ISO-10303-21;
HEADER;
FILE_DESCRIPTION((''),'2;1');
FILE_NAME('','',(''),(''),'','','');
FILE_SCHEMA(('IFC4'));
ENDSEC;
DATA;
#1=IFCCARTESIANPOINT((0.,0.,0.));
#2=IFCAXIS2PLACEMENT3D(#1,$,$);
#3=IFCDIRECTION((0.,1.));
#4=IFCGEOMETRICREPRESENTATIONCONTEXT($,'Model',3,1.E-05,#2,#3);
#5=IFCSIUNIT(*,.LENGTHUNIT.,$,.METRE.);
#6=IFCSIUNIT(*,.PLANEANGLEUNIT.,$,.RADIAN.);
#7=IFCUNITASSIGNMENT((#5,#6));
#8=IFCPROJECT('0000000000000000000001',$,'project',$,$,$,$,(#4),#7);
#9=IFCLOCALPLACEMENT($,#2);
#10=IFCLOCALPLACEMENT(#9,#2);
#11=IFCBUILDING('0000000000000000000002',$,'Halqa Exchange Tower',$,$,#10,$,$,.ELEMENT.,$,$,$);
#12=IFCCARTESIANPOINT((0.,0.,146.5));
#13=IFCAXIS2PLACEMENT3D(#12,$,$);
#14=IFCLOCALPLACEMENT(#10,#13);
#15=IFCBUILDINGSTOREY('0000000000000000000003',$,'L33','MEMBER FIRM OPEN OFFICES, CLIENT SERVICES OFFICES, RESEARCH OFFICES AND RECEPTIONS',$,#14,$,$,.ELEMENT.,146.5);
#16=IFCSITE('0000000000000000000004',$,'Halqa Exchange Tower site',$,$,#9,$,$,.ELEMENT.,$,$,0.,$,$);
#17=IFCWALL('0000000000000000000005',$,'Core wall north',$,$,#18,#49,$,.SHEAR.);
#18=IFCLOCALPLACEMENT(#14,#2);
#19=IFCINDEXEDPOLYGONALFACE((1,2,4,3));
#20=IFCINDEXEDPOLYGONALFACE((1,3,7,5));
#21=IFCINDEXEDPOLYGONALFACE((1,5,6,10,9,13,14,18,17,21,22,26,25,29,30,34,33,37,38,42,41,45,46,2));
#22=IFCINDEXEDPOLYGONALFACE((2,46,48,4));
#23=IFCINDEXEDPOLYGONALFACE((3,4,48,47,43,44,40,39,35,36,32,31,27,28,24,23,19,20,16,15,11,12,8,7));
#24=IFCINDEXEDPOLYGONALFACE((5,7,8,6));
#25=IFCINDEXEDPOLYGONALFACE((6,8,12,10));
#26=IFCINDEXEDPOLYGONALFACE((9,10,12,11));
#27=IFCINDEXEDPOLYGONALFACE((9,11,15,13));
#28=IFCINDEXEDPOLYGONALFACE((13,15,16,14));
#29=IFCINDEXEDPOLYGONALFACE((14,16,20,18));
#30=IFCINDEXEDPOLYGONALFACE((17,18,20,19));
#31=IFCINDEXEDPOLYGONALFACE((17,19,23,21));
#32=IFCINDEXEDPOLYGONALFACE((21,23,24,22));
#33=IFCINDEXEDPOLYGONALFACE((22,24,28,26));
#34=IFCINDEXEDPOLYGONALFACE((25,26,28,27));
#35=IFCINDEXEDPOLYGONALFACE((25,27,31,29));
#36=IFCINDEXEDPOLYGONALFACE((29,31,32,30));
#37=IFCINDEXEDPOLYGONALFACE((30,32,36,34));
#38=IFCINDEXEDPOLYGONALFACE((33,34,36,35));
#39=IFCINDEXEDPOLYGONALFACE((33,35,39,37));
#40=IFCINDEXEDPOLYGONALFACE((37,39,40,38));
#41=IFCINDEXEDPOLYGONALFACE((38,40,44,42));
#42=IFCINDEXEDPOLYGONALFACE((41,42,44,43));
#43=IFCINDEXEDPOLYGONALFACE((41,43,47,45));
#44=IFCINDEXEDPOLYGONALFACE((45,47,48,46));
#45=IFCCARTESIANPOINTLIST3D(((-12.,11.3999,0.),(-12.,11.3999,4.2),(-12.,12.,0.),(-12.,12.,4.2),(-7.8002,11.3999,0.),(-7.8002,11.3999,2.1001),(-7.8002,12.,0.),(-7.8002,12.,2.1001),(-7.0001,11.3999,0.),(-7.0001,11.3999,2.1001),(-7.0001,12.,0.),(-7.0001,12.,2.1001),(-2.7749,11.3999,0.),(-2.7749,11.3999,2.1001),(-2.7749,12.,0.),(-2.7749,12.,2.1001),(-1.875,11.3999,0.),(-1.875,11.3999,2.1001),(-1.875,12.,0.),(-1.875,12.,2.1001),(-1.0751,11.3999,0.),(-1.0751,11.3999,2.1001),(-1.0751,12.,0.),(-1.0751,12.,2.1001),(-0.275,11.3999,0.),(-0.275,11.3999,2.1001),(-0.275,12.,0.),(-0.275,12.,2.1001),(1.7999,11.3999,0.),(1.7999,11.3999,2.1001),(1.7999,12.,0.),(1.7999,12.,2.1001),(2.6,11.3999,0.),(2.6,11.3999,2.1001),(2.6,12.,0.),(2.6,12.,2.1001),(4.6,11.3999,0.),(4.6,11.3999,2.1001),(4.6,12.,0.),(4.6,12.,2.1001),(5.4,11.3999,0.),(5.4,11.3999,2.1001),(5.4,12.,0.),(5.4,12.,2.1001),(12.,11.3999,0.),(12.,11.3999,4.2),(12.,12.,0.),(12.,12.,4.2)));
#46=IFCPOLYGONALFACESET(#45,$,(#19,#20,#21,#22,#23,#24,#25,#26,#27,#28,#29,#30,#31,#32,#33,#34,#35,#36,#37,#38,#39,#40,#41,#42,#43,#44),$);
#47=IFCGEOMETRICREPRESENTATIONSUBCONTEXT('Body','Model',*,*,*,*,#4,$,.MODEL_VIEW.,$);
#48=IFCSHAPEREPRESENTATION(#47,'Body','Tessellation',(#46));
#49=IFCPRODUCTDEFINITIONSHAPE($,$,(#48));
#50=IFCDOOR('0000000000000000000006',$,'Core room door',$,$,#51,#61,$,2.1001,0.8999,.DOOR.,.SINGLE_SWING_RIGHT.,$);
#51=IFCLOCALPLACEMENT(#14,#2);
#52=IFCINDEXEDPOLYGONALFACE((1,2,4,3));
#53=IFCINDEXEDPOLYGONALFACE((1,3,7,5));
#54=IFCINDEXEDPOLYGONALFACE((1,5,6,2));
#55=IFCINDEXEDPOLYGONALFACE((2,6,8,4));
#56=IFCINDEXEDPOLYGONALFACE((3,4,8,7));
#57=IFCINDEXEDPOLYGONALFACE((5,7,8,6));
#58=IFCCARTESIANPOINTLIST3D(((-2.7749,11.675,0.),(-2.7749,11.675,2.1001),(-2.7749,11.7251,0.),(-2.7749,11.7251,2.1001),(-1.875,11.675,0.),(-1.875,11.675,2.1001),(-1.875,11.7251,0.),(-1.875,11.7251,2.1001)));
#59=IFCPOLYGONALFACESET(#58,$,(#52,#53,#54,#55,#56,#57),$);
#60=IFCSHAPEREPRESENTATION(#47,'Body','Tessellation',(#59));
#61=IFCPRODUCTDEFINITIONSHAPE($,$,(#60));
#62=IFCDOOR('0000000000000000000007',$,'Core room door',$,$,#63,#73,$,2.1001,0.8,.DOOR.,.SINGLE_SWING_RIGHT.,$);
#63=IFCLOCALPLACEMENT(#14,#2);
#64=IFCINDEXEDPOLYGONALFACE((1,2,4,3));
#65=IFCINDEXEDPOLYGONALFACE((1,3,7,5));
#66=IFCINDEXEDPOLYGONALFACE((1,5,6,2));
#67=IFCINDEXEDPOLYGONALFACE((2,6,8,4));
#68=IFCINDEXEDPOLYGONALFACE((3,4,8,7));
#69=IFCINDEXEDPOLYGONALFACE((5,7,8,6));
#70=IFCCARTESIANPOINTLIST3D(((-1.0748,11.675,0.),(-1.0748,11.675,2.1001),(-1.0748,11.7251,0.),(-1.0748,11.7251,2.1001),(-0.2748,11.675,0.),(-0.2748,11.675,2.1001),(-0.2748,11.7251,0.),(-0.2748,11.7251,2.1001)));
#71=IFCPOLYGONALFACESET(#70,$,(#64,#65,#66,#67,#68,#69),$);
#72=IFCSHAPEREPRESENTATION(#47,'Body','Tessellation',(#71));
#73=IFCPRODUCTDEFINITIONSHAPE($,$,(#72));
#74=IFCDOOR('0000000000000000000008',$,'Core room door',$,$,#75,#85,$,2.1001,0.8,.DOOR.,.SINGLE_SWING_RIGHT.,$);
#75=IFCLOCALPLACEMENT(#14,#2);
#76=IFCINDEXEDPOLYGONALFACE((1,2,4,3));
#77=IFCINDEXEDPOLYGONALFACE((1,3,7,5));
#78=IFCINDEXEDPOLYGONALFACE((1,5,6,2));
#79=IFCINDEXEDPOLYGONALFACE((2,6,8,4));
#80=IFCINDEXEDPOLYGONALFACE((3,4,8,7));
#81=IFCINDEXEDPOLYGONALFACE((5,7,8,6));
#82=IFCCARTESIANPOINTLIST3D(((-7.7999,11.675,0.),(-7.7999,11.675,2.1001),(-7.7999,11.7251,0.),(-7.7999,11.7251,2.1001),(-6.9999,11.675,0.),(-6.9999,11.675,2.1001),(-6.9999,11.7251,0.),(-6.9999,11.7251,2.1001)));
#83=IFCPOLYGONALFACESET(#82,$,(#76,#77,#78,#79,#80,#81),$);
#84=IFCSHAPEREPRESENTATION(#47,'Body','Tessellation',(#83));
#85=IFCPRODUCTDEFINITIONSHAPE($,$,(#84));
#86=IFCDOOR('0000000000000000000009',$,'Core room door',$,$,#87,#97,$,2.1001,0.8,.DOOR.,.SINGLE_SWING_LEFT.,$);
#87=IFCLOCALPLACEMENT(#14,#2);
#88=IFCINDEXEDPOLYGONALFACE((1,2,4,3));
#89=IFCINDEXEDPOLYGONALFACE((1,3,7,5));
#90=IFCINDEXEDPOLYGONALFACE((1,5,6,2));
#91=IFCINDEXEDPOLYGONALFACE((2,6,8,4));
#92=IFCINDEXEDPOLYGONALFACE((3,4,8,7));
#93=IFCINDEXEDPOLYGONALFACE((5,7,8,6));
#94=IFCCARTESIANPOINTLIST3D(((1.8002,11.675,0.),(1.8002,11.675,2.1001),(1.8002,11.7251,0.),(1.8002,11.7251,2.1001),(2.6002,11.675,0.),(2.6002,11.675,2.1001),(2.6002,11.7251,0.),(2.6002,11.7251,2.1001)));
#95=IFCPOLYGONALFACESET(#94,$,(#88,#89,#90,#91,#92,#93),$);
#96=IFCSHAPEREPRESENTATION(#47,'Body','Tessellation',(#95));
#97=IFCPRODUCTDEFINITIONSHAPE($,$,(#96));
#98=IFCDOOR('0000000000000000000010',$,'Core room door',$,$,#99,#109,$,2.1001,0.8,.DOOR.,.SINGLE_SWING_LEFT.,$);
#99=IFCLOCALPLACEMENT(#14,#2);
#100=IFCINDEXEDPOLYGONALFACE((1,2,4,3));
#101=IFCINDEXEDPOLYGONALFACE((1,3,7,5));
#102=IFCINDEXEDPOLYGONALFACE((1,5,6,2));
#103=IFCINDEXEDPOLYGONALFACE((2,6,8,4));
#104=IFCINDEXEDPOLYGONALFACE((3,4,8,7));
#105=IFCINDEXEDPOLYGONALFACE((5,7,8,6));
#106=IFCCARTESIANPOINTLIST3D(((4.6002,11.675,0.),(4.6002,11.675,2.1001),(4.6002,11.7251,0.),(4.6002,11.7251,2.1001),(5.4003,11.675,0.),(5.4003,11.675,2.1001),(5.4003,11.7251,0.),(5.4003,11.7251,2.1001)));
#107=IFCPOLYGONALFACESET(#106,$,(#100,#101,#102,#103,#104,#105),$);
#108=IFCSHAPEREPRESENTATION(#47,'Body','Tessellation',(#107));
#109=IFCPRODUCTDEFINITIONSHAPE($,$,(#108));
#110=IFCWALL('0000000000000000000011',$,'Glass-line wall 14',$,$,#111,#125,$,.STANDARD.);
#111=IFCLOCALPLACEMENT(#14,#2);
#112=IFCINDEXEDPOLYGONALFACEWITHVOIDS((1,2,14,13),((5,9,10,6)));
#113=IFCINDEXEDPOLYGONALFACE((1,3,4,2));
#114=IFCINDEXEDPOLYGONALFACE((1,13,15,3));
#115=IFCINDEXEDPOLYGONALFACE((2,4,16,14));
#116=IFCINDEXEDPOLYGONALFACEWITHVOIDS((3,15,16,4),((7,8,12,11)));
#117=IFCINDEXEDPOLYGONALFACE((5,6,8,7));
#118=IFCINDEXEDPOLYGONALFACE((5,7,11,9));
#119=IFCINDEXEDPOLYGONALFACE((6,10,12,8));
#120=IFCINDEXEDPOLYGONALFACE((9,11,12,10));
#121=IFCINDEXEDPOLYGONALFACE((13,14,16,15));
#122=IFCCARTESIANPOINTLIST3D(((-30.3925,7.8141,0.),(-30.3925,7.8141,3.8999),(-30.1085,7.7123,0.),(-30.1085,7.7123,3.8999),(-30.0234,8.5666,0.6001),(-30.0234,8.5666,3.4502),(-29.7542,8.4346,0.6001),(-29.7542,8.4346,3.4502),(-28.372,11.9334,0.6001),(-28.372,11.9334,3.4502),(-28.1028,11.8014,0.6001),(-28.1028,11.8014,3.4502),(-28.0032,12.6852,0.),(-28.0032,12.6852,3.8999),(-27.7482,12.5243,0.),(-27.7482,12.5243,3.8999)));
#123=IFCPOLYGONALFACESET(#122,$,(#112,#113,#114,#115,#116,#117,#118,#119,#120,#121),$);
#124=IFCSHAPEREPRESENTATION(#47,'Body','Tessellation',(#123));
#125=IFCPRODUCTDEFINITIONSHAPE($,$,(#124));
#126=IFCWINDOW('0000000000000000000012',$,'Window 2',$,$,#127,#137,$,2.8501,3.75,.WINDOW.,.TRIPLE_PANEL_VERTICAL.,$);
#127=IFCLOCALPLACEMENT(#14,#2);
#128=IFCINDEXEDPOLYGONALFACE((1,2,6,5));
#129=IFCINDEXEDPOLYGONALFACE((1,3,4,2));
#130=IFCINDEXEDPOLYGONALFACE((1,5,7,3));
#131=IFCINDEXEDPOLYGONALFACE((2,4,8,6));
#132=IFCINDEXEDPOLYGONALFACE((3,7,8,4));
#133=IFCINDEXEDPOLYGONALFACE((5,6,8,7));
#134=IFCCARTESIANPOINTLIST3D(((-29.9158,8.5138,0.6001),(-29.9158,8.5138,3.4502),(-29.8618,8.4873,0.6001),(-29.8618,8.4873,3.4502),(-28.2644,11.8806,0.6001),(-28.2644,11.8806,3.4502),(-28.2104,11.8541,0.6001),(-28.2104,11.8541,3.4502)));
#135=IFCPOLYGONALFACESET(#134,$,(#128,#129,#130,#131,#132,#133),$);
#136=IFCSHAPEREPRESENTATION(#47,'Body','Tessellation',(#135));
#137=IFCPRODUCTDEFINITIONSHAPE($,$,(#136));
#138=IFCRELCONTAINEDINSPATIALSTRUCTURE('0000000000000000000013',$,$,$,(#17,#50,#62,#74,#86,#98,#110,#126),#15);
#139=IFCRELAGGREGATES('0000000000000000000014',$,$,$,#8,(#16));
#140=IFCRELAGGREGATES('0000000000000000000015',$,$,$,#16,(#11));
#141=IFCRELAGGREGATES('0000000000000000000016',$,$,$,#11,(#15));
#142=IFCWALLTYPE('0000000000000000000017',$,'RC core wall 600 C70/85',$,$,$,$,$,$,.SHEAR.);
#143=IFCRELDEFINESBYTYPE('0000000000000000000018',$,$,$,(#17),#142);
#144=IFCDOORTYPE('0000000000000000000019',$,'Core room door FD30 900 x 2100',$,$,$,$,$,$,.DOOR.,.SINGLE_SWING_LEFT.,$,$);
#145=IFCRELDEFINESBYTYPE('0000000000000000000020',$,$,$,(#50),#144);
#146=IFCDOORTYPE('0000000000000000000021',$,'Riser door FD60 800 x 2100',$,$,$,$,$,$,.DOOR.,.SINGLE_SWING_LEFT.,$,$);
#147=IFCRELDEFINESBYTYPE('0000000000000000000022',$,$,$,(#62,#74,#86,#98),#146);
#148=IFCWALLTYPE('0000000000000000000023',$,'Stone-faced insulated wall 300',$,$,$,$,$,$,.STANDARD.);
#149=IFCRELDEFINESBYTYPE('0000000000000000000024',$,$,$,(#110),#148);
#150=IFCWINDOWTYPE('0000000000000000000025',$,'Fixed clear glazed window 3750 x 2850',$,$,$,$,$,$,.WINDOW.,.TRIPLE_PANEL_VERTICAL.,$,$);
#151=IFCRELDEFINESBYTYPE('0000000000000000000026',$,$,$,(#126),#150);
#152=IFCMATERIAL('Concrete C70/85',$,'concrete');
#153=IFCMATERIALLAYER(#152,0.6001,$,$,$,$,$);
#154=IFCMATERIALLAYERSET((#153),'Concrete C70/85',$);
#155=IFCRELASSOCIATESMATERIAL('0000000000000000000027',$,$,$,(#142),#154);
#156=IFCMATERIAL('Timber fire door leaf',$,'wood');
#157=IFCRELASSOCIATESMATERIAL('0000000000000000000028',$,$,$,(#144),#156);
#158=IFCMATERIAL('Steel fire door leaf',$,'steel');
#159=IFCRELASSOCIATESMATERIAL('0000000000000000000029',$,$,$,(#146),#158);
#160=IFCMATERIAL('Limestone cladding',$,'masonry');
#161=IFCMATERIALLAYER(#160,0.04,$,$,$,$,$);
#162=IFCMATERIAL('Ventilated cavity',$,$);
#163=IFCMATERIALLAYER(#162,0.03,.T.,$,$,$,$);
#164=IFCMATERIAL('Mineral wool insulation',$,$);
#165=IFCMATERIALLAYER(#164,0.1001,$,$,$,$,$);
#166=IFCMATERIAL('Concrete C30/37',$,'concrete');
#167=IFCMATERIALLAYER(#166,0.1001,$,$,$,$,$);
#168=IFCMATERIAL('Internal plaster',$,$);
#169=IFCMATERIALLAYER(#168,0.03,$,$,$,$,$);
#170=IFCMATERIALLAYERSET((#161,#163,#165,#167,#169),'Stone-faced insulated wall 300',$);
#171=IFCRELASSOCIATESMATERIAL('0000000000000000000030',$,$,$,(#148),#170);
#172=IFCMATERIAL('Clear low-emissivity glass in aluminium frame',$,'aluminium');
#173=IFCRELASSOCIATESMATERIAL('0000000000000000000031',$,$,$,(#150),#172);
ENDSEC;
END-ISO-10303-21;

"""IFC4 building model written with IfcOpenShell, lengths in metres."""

from ifc_helpers import new_model, si_unit, direction, frame, frame_2d, origin, place, context, subcontext, project, spatial, polyline, rectangle, outline, extrude, material, layer, layer_set, type_object, element, fill, save


model = new_model("IFC4")

# Units and contexts
model_context = context("Model", 3, precision=1e-05, world=origin(), true_north=direction((0.0, 1.0)))
body_context = subcontext(model_context, "Body", "Model", "MODEL_VIEW")
ifc_project = project(units=[si_unit("LENGTHUNIT", "METRE"), si_unit("PLANEANGLEUNIT", "RADIAN")], contexts=[model_context])

# Site, building, storey
site_placement = place(None, origin())
site = spatial("IfcSite", under=ifc_project, at=site_placement, Name="Halqa Exchange Tower site", CompositionType="ELEMENT", RefElevation=0.0)
building_placement = place(site_placement, origin())
building = spatial("IfcBuilding", under=site, at=building_placement, Name="Halqa Exchange Tower", CompositionType="ELEMENT")
storey_placement = place(building_placement, frame((0.0, 0.0, 146.5)))
storey = spatial("IfcBuildingStorey", under=building, at=storey_placement, Name="L33", Description="MEMBER FIRM OPEN OFFICES, CLIENT SERVICES OFFICES, RESEARCH OFFICES AND RECEPTIONS", CompositionType="ELEMENT", Elevation=146.5)

# Shared definitions
ifc_material_1 = material(Name="Concrete C70/85", Category="concrete")

# Wall, openings, doors
ifc_layer_1 = layer(ifc_material_1, 0.6001)
ifc_layer_set_1 = layer_set([ifc_layer_1], Name="Concrete C70/85")
wall_type_1 = type_object("IfcWallType", Name="RC core wall 600 C70/85", PredefinedType="SHEAR", material=ifc_layer_set_1)
wall_1_placement = place(storey_placement, frame((-12.0, 11.7, 0.0), z_axis=(0.0, 0.0, 1.0), x_axis=(1.0, 0.0, 0.0)))
wall_1 = element("IfcWall", 1, at=wall_1_placement, inside=storey, type_object=wall_type_1, Name="Core wall north", PredefinedType="SHEAR", context=body_context, shape_type="SweptSolid", body=[
    extrude(rectangle(XDim=24.0, YDim=0.6001, at=frame_2d((12.0, 0.0))), origin(), (0.0, 0.0, 1.0), 4.2),
])
opening_1_placement = place(wall_1_placement, frame((9.2251, 0.0, 0.0)))
opening_1 = element("IfcOpeningElement", 2, at=opening_1_placement, cuts=wall_1, PredefinedType="OPENING", context=body_context, shape_type="SweptSolid", body=[
    extrude(rectangle(XDim=0.8999, YDim=2.1001, at=frame_2d((0.45, 1.05))), frame((0.0, 0.312, 0.0), z_axis=(0.0, -1.0, 0.0), x_axis=(1.0, 0.0, 0.0)), (0.0, 0.0, 1.0), 0.624),
])
opening_2_placement = place(wall_1_placement, frame((10.925, 0.0, 0.0)))
opening_2 = element("IfcOpeningElement", 3, at=opening_2_placement, cuts=wall_1, PredefinedType="OPENING", context=body_context, shape_type="SweptSolid", body=[
    extrude(rectangle(XDim=0.8, YDim=2.1001, at=frame_2d((0.3999, 1.05))), frame((0.0, 0.312, 0.0), z_axis=(0.0, -1.0, 0.0), x_axis=(1.0, 0.0, 0.0)), (0.0, 0.0, 1.0), 0.624),
])
opening_3_placement = place(wall_1_placement, frame((4.2, 0.0, 0.0)))
opening_3 = element("IfcOpeningElement", 4, at=opening_3_placement, cuts=wall_1, PredefinedType="OPENING", context=body_context, shape_type="SweptSolid", body=[
    extrude(rectangle(XDim=0.8, YDim=2.1001, at=frame_2d((0.3999, 1.05))), frame((0.0, 0.312, 0.0), z_axis=(0.0, -1.0, 0.0), x_axis=(1.0, 0.0, 0.0)), (0.0, 0.0, 1.0), 0.624),
])
opening_4_placement = place(wall_1_placement, frame((13.8, 0.0, 0.0)))
opening_4 = element("IfcOpeningElement", 5, at=opening_4_placement, cuts=wall_1, PredefinedType="OPENING", context=body_context, shape_type="SweptSolid", body=[
    extrude(rectangle(XDim=0.8, YDim=2.1001, at=frame_2d((0.3999, 1.05))), frame((0.0, 0.312, 0.0), z_axis=(0.0, -1.0, 0.0), x_axis=(1.0, 0.0, 0.0)), (0.0, 0.0, 1.0), 0.624),
])
opening_5_placement = place(wall_1_placement, frame((16.6001, 0.0, 0.0)))
opening_5 = element("IfcOpeningElement", 6, at=opening_5_placement, cuts=wall_1, PredefinedType="OPENING", context=body_context, shape_type="SweptSolid", body=[
    extrude(rectangle(XDim=0.8, YDim=2.1001, at=frame_2d((0.3999, 1.05))), frame((0.0, 0.312, 0.0), z_axis=(0.0, -1.0, 0.0), x_axis=(1.0, 0.0, 0.0)), (0.0, 0.0, 1.0), 0.624),
])
ifc_material_2 = material(Name="Timber fire door leaf", Category="wood")
door_type_1 = type_object("IfcDoorType", Name="Core room door FD30 900 x 2100", OperationType="SINGLE_SWING_LEFT", PredefinedType="DOOR", material=ifc_material_2)
door_1_placement = place(opening_1_placement, frame((0.8999, 0.0, 0.0), z_axis=(0.0, 0.0, 1.0), x_axis=(-1.0, 0.0, 0.0)))
door_1 = element("IfcDoor", 7, at=door_1_placement, inside=storey, type_object=door_type_1, Name="Core room door", OperationType="SINGLE_SWING_RIGHT", OverallHeight=2.1001, OverallWidth=0.8999, PredefinedType="DOOR", context=body_context, shape_type="SweptSolid", body=[
    extrude(rectangle(XDim=0.8999, YDim=2.1001, at=frame_2d((0.45, 1.05))), frame((0.0, 0.0249, 0.0), z_axis=(0.0, -1.0, 0.0), x_axis=(1.0, 0.0, 0.0)), (0.0, 0.0, 1.0), 0.05),
])
fill(opening_1, door_1)
ifc_material_3 = material(Name="Steel fire door leaf", Category="steel")
door_type_2 = type_object("IfcDoorType", Name="Riser door FD60 800 x 2100", OperationType="SINGLE_SWING_LEFT", PredefinedType="DOOR", material=ifc_material_3)
door_2_placement = place(opening_2_placement, frame((0.8, 0.0, 0.0), z_axis=(0.0, 0.0, 1.0), x_axis=(-1.0, 0.0, 0.0)))
door_2 = element("IfcDoor", 8, at=door_2_placement, inside=storey, type_object=door_type_2, Name="Core room door", OperationType="SINGLE_SWING_RIGHT", OverallHeight=2.1001, OverallWidth=0.8, PredefinedType="DOOR", context=body_context, shape_type="SweptSolid", body=[
    extrude(rectangle(XDim=0.8, YDim=2.1001, at=frame_2d((0.3999, 1.05))), frame((0.0, 0.0249, 0.0), z_axis=(0.0, -1.0, 0.0), x_axis=(1.0, 0.0, 0.0)), (0.0, 0.0, 1.0), 0.05),
])
fill(opening_2, door_2)
door_3_placement = place(opening_3_placement, frame((0.8, 0.0, 0.0), z_axis=(0.0, 0.0, 1.0), x_axis=(-1.0, 0.0, 0.0)))
door_3 = element("IfcDoor", 9, at=door_3_placement, inside=storey, type_object=door_type_2, Name="Core room door", OperationType="SINGLE_SWING_RIGHT", OverallHeight=2.1001, OverallWidth=0.8, PredefinedType="DOOR", context=body_context, shape_type="SweptSolid", body=[
    extrude(rectangle(XDim=0.8, YDim=2.1001, at=frame_2d((0.3999, 1.05))), frame((0.0, 0.0249, 0.0), z_axis=(0.0, -1.0, 0.0), x_axis=(1.0, 0.0, 0.0)), (0.0, 0.0, 1.0), 0.05),
])
fill(opening_3, door_3)
door_4_placement = place(opening_4_placement, frame((0.8, 0.0, 0.0), z_axis=(0.0, 0.0, 1.0), x_axis=(-1.0, 0.0, 0.0)))
door_4 = element("IfcDoor", 10, at=door_4_placement, inside=storey, type_object=door_type_2, Name="Core room door", OperationType="SINGLE_SWING_LEFT", OverallHeight=2.1001, OverallWidth=0.8, PredefinedType="DOOR", context=body_context, shape_type="SweptSolid", body=[
    extrude(rectangle(XDim=0.8, YDim=2.1001, at=frame_2d((0.3999, 1.05))), frame((0.0, 0.0249, 0.0), z_axis=(0.0, -1.0, 0.0), x_axis=(1.0, 0.0, 0.0)), (0.0, 0.0, 1.0), 0.05),
])
fill(opening_4, door_4)
door_5_placement = place(opening_5_placement, frame((0.8, 0.0, 0.0), z_axis=(0.0, 0.0, 1.0), x_axis=(-1.0, 0.0, 0.0)))
door_5 = element("IfcDoor", 11, at=door_5_placement, inside=storey, type_object=door_type_2, Name="Core room door", OperationType="SINGLE_SWING_LEFT", OverallHeight=2.1001, OverallWidth=0.8, PredefinedType="DOOR", context=body_context, shape_type="SweptSolid", body=[
    extrude(rectangle(XDim=0.8, YDim=2.1001, at=frame_2d((0.3999, 1.05))), frame((0.0, 0.0249, 0.0), z_axis=(0.0, -1.0, 0.0), x_axis=(1.0, 0.0, 0.0)), (0.0, 0.0, 1.0), 0.05),
])
fill(opening_5, door_5)

# Wall, opening, window
ifc_material_4 = material(Name="Limestone cladding", Category="masonry")
ifc_layer_2 = layer(ifc_material_4, 0.04)
ifc_material_5 = material(Name="Ventilated cavity")
ifc_layer_3 = layer(ifc_material_5, 0.03, ventilated=True)
ifc_material_6 = material(Name="Mineral wool insulation")
ifc_layer_4 = layer(ifc_material_6, 0.1001)
ifc_material_7 = material(Name="Concrete C30/37", Category="concrete")
ifc_layer_5 = layer(ifc_material_7, 0.1001)
ifc_material_8 = material(Name="Internal plaster")
ifc_layer_6 = layer(ifc_material_8, 0.03)
ifc_layer_set_2 = layer_set([ifc_layer_2, ifc_layer_3, ifc_layer_4, ifc_layer_5, ifc_layer_6], Name="Stone-faced insulated wall 300")
wall_type_2 = type_object("IfcWallType", Name="Stone-faced insulated wall 300", PredefinedType="STANDARD", material=ifc_layer_set_2)
wall_2_placement = place(storey_placement, frame((-27.8757, 12.6047, 0.0), z_axis=(0.0, 0.0, 1.0), x_axis=(-0.440373, -0.897815, 0.0)))
wall_2 = element("IfcWall", 12, at=wall_2_placement, inside=storey, type_object=wall_type_2, Name="Glass-line wall 14", PredefinedType="STANDARD", context=body_context, shape_type="SweptSolid", body=[
    extrude(outline(polyline([(-0.0161, -0.1499), (5.4094, -0.1499), (5.3757, 0.1499), (0.0161, 0.1499), (-0.0161, -0.1499)])), origin(), (0.0, 0.0, 1.0), 3.8999),
])
opening_6_placement = place(wall_2_placement, frame((0.8213, 0.0, 0.6001)))
opening_6 = element("IfcOpeningElement", 13, at=opening_6_placement, cuts=wall_2, PredefinedType="OPENING", context=body_context, shape_type="SweptSolid", body=[
    extrude(rectangle(XDim=3.75, YDim=2.8501, at=frame_2d((1.875, 1.425))), frame((0.0, 0.1621, 0.0), z_axis=(0.0, -1.0, 0.0), x_axis=(1.0, 0.0, 0.0)), (0.0, 0.0, 1.0), 0.324),
])
ifc_material_9 = material(Name="Clear low-emissivity glass in aluminium frame", Category="aluminium")
window_type = type_object("IfcWindowType", Name="Fixed clear glazed window 3750 x 2850", PartitioningType="TRIPLE_PANEL_VERTICAL", PredefinedType="WINDOW", material=ifc_material_9)
window_1_placement = place(opening_6_placement, origin())
window_1 = element("IfcWindow", 14, at=window_1_placement, inside=storey, type_object=window_type, Name="Window 2", OverallHeight=2.8501, OverallWidth=3.75, PartitioningType="TRIPLE_PANEL_VERTICAL", PredefinedType="WINDOW", context=body_context, shape_type="SweptSolid", body=[
    extrude(rectangle(XDim=3.75, YDim=2.8501, at=frame_2d((1.875, 1.425))), frame((0.0, 0.03, 0.0), z_axis=(0.0, -1.0, 0.0), x_axis=(1.0, 0.0, 0.0)), (0.0, 0.0, 1.0), 0.0601),
])
fill(opening_6, window_1)

save(model, "model.ifc")
